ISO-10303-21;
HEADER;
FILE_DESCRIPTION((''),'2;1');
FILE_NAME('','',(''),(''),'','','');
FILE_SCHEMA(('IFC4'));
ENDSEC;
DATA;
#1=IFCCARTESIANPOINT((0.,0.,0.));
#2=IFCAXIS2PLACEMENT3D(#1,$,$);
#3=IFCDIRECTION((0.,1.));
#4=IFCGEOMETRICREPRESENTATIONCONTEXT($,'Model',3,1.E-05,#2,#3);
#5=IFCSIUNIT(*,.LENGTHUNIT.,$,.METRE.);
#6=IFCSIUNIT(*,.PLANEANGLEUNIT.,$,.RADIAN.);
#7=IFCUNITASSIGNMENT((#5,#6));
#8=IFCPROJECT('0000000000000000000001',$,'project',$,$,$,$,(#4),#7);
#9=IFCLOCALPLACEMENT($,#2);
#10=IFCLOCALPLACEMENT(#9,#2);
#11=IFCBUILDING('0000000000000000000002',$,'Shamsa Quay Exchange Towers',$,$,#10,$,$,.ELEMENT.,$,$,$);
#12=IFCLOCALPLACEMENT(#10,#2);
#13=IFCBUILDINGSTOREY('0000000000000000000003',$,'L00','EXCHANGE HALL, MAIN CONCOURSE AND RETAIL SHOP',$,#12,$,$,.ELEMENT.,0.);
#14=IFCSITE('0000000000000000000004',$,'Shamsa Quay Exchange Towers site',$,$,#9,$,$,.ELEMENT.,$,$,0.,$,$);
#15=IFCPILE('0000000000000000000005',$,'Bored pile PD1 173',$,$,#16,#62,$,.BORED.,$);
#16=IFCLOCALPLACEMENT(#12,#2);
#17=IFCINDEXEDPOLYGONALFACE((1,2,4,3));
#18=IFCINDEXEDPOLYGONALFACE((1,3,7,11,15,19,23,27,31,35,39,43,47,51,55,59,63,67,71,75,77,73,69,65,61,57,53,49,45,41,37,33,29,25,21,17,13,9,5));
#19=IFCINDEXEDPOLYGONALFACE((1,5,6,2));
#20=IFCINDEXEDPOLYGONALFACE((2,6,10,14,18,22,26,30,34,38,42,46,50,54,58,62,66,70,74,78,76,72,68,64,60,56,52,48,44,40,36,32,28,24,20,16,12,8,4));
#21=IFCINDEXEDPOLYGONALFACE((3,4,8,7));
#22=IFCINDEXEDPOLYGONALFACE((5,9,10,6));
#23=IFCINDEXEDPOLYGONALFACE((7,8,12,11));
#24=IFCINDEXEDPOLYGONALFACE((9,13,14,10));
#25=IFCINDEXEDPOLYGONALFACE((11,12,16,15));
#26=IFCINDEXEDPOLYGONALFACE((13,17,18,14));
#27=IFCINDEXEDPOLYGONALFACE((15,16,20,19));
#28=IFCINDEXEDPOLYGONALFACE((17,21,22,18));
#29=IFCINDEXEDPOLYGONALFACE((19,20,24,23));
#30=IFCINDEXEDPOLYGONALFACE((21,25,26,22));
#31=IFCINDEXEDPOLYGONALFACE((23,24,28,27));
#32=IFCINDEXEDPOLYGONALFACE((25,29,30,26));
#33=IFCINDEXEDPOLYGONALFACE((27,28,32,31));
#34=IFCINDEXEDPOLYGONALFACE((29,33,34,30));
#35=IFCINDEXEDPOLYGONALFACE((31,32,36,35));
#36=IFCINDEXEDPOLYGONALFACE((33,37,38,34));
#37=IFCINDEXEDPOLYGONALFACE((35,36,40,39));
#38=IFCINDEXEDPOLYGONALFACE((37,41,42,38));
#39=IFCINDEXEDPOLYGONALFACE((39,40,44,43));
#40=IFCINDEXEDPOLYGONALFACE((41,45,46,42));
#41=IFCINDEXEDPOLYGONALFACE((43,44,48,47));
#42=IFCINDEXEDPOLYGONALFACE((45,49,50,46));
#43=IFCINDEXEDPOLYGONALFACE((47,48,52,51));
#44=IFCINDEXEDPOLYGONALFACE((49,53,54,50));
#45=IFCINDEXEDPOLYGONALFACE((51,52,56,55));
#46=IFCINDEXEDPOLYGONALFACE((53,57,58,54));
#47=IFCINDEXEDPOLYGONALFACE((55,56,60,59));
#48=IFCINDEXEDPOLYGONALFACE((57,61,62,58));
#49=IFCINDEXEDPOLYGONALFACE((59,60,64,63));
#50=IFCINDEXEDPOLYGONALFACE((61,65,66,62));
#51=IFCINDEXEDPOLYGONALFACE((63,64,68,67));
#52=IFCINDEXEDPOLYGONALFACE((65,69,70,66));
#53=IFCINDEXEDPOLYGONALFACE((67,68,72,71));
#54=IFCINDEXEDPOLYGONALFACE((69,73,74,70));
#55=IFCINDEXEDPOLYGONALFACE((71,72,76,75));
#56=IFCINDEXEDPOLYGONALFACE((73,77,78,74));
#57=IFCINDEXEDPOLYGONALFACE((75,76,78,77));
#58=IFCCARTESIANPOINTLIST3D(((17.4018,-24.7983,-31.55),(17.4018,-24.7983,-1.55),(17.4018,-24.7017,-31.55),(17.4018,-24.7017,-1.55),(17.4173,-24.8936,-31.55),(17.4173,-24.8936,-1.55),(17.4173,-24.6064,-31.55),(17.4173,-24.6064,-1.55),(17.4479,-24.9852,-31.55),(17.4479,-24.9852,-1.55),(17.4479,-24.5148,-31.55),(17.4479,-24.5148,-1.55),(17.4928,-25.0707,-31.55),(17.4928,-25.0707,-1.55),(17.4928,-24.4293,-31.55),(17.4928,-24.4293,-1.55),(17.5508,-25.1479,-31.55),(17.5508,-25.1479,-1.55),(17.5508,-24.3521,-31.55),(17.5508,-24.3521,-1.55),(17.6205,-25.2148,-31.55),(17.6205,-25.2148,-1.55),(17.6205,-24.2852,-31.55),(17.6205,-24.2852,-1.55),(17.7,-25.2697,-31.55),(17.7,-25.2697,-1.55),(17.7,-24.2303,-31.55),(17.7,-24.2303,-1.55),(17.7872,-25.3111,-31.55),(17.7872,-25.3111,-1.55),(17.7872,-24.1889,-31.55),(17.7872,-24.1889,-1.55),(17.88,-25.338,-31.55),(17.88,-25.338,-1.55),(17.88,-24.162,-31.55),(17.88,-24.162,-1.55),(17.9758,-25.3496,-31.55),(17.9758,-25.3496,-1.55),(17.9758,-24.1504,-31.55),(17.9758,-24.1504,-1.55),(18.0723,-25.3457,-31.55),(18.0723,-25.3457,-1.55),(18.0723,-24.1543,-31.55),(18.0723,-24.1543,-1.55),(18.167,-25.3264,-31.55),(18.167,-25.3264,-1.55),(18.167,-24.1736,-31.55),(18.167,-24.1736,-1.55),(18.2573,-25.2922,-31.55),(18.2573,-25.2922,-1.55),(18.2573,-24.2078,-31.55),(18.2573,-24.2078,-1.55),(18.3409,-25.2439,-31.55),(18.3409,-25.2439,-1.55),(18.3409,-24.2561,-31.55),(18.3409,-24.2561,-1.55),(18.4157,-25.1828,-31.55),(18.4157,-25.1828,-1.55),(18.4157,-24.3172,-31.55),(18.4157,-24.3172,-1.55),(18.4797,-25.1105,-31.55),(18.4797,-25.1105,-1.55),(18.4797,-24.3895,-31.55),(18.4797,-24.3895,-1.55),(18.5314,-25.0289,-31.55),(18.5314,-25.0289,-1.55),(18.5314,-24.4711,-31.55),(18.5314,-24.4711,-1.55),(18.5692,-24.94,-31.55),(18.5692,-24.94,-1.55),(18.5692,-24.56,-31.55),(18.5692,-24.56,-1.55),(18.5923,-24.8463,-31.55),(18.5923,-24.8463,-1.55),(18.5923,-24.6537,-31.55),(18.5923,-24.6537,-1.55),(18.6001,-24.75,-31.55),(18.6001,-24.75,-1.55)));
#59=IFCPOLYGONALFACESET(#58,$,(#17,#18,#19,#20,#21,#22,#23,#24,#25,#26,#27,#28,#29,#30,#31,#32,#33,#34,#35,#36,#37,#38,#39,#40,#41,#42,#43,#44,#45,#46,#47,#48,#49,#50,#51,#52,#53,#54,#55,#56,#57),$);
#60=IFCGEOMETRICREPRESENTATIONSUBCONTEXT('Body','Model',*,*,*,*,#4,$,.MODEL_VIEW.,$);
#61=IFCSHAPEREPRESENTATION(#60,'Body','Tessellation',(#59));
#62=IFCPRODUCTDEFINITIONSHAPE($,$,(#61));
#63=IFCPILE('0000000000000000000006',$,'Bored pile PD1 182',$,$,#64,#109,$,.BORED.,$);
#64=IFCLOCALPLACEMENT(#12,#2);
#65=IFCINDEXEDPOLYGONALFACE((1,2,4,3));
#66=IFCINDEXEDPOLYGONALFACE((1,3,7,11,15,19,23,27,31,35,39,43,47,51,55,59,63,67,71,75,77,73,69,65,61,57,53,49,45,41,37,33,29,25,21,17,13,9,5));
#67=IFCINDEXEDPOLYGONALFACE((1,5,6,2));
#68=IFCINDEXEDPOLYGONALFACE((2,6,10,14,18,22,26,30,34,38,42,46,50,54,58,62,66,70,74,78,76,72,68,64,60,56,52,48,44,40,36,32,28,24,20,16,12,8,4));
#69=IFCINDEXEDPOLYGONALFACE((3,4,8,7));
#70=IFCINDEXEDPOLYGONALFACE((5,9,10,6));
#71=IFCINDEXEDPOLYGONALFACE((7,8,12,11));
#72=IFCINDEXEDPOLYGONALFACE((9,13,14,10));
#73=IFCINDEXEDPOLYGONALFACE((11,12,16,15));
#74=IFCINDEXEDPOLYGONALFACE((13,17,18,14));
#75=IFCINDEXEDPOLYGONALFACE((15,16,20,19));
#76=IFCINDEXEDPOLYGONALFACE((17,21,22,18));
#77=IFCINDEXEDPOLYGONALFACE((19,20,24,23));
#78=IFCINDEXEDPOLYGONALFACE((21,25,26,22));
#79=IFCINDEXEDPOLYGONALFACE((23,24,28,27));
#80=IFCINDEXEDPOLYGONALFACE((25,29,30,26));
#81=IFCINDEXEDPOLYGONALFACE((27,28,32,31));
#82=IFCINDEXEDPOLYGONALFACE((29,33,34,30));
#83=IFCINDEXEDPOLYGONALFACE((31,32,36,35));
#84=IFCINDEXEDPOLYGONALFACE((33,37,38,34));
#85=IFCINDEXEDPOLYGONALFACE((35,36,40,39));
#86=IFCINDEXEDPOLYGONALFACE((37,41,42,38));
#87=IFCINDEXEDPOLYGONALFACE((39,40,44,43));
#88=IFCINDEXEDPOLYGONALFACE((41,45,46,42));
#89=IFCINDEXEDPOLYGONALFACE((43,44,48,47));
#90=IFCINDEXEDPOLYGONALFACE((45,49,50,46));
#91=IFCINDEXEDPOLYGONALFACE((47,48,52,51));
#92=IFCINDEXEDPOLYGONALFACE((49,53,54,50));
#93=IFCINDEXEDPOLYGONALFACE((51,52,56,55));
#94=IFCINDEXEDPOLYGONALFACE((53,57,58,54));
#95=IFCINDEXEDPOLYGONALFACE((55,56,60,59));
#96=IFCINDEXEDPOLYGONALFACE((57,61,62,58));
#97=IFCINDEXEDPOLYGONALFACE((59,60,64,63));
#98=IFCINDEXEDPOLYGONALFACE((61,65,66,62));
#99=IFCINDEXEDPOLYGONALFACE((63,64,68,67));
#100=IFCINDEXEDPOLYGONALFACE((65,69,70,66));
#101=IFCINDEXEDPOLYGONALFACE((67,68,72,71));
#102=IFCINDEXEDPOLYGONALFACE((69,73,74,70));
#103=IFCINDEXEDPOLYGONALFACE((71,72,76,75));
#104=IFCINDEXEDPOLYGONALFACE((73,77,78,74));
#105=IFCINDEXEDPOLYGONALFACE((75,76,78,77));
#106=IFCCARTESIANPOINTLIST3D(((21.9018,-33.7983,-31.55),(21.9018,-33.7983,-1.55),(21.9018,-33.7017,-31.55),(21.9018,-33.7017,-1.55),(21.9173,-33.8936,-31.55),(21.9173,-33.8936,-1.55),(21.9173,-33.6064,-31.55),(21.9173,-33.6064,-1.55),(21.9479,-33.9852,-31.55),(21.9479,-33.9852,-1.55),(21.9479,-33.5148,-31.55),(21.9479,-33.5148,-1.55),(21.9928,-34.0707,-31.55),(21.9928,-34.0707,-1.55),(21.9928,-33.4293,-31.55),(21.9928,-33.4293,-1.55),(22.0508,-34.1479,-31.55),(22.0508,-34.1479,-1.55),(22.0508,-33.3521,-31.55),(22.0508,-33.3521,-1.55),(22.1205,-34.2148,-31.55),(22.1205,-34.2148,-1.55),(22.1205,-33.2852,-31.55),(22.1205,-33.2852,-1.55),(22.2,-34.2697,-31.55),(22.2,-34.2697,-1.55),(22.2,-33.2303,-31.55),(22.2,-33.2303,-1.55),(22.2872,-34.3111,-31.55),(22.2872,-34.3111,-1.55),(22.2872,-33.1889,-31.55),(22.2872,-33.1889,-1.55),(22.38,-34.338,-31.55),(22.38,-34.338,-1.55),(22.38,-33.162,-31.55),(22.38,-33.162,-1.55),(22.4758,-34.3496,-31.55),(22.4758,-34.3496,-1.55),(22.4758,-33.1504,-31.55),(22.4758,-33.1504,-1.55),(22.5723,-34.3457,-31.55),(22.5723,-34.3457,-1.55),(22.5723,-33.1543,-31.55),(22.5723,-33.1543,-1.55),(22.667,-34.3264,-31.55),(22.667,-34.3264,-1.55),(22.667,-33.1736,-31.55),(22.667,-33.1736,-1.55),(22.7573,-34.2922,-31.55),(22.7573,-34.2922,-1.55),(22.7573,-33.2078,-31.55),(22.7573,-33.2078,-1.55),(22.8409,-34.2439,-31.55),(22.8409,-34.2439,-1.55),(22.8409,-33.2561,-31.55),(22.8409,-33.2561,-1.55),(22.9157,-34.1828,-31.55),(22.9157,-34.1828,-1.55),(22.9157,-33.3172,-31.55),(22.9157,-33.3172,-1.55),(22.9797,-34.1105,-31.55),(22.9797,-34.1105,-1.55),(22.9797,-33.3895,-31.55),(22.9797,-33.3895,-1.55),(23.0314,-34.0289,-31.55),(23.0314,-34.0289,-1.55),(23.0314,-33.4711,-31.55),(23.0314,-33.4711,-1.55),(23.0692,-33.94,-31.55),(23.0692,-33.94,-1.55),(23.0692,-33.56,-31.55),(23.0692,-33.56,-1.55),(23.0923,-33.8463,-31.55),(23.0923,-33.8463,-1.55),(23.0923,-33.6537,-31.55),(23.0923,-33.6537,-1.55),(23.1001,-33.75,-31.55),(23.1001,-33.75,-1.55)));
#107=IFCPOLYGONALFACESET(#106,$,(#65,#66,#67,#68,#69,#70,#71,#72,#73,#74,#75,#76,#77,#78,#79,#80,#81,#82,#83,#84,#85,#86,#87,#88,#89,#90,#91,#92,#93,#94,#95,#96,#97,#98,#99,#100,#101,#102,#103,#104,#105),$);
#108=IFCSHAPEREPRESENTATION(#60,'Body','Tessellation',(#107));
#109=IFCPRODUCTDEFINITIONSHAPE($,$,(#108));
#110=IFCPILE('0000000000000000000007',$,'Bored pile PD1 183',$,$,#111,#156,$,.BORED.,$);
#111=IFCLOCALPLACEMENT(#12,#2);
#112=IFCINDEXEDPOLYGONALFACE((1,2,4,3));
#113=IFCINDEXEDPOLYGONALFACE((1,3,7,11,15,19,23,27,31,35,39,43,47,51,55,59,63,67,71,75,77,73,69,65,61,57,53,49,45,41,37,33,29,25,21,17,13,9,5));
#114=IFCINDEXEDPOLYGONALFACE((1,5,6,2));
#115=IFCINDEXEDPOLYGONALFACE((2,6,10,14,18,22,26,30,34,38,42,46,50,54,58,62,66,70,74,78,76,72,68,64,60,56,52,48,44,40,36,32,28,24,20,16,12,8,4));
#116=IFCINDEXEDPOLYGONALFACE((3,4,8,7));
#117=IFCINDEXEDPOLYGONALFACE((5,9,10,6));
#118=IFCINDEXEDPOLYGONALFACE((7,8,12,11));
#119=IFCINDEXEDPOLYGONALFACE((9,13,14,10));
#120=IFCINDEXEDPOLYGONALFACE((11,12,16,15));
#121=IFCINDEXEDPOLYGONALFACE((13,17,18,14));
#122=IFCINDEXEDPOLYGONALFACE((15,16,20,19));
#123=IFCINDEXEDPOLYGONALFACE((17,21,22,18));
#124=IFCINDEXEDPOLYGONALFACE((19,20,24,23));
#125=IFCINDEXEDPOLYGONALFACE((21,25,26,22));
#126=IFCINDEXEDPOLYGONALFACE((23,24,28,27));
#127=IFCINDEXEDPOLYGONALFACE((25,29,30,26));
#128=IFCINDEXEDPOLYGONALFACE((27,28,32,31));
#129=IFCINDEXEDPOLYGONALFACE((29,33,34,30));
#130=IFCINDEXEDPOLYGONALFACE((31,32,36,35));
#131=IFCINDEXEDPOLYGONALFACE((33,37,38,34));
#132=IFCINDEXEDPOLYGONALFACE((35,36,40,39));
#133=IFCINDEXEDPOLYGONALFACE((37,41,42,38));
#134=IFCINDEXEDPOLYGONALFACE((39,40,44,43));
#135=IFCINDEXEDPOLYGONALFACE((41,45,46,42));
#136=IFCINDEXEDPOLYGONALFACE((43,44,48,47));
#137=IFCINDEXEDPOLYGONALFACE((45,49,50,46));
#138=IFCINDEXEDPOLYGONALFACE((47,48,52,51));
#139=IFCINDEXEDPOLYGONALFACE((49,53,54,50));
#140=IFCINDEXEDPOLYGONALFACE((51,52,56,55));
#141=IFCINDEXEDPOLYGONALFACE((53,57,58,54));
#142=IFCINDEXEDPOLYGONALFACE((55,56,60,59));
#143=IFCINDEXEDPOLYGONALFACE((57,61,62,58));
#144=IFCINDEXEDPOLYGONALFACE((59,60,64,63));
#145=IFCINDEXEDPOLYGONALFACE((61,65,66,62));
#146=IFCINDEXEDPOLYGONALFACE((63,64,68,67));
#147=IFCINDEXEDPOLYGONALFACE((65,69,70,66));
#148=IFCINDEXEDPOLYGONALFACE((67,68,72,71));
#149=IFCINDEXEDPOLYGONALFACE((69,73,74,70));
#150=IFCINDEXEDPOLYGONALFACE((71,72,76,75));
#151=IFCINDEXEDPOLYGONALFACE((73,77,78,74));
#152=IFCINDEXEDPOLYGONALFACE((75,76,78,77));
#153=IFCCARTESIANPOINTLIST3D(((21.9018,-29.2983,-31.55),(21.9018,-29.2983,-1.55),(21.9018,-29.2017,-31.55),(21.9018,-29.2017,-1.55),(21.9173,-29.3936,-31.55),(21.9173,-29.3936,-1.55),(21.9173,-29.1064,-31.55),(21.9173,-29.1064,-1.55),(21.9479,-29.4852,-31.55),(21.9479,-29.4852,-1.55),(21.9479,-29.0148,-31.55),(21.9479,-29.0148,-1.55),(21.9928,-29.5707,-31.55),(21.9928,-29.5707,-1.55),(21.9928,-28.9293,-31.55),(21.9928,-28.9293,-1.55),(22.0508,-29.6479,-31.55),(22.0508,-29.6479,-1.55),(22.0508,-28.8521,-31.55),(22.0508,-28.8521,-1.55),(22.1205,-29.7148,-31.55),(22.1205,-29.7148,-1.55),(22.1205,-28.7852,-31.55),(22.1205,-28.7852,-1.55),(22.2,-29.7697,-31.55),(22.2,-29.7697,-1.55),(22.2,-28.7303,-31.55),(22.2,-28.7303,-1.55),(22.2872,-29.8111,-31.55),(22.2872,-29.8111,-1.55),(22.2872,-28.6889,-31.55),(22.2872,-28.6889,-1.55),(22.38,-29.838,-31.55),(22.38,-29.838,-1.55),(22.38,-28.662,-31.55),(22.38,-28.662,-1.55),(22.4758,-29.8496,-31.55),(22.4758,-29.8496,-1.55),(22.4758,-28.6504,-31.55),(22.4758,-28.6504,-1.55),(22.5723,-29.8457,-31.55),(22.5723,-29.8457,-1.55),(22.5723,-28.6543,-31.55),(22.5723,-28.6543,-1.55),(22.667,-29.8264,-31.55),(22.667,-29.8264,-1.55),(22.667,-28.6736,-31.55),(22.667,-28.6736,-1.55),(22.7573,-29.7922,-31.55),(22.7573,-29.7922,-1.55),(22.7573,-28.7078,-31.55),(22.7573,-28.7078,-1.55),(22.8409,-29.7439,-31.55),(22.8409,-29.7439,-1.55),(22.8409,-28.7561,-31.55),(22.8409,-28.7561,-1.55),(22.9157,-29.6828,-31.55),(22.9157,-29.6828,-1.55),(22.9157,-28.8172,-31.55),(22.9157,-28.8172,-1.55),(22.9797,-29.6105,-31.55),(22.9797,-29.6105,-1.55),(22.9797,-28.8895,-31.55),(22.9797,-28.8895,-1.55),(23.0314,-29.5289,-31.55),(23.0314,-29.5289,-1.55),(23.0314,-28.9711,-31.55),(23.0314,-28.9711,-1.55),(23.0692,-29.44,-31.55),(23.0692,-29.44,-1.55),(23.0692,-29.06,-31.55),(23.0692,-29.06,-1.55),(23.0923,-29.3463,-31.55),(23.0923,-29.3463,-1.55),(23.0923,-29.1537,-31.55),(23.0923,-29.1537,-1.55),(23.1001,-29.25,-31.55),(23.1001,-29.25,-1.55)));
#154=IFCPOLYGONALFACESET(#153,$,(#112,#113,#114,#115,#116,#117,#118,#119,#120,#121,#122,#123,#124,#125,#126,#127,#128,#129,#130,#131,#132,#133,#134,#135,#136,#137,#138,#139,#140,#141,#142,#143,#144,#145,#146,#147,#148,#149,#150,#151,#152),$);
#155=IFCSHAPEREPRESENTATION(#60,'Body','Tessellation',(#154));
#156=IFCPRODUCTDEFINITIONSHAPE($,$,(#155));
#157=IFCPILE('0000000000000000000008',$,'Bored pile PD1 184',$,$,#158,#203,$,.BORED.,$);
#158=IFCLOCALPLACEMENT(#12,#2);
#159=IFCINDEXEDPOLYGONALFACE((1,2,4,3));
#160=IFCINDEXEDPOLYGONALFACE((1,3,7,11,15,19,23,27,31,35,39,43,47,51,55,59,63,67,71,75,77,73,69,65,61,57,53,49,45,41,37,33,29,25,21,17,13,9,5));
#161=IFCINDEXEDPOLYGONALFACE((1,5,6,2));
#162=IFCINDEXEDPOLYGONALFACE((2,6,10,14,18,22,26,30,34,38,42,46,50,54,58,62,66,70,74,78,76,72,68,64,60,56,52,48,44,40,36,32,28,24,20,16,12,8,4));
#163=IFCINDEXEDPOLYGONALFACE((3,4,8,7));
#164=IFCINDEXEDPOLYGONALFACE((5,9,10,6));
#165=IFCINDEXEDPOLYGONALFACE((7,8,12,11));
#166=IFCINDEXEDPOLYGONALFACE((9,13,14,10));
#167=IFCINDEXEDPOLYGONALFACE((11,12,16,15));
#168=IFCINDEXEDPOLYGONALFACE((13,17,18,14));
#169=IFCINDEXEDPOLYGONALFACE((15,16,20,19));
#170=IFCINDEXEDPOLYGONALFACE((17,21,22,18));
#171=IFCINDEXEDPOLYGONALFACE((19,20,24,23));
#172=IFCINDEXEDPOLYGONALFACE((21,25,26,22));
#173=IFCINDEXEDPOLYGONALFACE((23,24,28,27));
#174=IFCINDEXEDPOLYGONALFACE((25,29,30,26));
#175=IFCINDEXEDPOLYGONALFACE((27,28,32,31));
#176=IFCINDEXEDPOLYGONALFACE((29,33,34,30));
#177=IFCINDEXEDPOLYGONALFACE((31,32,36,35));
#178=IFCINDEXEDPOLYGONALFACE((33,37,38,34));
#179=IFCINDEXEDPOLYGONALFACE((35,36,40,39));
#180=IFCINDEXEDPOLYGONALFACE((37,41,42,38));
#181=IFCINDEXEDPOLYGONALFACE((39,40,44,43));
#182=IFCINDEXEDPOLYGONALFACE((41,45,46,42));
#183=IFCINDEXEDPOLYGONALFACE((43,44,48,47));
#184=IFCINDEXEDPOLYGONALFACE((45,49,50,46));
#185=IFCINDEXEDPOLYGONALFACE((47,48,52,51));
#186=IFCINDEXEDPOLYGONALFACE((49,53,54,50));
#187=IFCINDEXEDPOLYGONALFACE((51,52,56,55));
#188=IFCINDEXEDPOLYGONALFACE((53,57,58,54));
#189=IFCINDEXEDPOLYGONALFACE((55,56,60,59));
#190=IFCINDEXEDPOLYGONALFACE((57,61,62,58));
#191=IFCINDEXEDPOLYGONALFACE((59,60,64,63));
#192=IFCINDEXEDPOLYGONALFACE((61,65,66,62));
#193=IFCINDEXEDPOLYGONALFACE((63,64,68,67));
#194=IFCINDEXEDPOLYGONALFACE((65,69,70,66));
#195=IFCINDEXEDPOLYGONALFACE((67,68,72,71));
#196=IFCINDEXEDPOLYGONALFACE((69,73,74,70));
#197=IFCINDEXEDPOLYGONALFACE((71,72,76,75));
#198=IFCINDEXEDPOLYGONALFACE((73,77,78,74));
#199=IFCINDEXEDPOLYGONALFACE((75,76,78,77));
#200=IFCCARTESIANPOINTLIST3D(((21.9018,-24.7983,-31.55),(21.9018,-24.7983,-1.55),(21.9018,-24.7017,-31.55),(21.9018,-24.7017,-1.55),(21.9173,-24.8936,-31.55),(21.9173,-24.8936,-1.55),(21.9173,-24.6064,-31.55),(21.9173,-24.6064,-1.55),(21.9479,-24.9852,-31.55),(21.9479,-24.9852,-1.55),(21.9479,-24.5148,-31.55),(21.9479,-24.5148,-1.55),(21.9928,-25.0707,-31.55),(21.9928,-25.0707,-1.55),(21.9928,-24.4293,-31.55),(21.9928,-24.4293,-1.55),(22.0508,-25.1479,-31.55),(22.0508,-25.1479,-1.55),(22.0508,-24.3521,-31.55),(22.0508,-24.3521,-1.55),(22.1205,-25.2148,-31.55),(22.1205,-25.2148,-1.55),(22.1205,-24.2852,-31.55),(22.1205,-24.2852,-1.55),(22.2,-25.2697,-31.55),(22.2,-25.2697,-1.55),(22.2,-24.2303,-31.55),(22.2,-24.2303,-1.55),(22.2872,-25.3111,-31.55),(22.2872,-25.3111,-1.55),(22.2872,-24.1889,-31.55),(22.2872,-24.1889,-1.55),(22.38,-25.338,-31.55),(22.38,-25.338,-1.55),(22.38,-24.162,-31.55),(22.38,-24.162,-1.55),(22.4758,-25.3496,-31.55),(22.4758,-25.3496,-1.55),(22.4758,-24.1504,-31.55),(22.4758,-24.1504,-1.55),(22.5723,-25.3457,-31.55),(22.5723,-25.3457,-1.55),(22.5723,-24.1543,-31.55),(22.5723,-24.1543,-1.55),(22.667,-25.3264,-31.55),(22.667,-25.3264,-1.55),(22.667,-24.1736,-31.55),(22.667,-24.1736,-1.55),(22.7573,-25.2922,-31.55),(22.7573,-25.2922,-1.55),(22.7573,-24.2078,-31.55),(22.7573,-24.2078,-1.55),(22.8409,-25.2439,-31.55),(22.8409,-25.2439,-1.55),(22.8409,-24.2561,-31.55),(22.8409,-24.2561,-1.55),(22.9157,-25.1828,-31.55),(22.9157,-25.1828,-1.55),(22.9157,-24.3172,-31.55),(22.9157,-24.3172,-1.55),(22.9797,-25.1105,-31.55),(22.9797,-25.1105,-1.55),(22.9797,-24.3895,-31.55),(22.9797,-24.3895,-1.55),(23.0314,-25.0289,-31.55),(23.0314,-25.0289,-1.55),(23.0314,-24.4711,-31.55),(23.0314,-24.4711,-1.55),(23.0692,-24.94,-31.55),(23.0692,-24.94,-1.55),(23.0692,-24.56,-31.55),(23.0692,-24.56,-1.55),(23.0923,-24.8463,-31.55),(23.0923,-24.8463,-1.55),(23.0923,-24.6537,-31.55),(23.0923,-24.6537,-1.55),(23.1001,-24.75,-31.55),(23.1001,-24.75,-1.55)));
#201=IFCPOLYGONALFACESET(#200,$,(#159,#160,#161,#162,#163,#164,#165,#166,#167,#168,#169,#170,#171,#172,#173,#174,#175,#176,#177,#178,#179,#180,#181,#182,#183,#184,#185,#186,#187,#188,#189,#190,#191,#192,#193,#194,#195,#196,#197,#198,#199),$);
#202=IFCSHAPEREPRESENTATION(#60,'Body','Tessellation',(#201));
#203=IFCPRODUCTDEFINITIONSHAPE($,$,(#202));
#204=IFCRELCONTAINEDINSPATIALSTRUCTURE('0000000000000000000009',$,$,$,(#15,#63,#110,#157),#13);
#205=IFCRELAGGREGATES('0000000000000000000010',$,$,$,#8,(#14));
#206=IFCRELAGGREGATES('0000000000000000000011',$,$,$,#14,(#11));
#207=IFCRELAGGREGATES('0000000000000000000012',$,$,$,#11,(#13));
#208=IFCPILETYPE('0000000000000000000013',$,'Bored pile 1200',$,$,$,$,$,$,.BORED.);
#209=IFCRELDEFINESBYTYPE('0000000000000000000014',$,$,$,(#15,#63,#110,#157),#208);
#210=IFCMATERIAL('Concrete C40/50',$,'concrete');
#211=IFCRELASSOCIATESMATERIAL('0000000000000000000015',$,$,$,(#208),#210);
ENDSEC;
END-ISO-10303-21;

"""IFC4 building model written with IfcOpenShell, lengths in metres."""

from ifc_helpers import new_model, si_unit, direction, frame, origin, origin_2d, place, context, subcontext, project, spatial, circle, extrude, material, material_profile, profile_set, type_object, element, save


model = new_model("IFC4")

# Units and contexts
model_context = context("Model", 3, precision=1e-05, world=origin(), true_north=direction((0.0, 1.0)))
body_context = subcontext(model_context, "Body", "Model", "MODEL_VIEW")
ifc_project = project(units=[si_unit("LENGTHUNIT", "METRE"), si_unit("PLANEANGLEUNIT", "RADIAN")], contexts=[model_context])

# Site, building, storey
site_placement = place(None, origin())
site = spatial("IfcSite", under=ifc_project, at=site_placement, Name="Shamsa Quay Exchange Towers site", CompositionType="ELEMENT", RefElevation=0.0)
building_placement = place(site_placement, origin())
building = spatial("IfcBuilding", under=site, at=building_placement, Name="Shamsa Quay Exchange Towers", CompositionType="ELEMENT")
storey_placement = place(building_placement, origin())
storey = spatial("IfcBuildingStorey", under=building, at=storey_placement, Name="L00", Description="EXCHANGE HALL, MAIN CONCOURSE AND RETAIL SHOP", CompositionType="ELEMENT", Elevation=0.0)

# Piles
ifc_material_1 = material(Name="Concrete C40/50", Category="concrete")
ifc_material_profile_1 = material_profile(ifc_material_1, circle(Radius=0.6001, at=origin_2d()), Name="BP1200")
ifc_profile_set_1 = profile_set([ifc_material_profile_1], Name="Concrete C40/50")
pile_type_1 = type_object("IfcPileType", Name="Bored pile 1200", PredefinedType="BORED", material=ifc_profile_set_1)
for number, where, z_axis, x_axis, name in (
    (1, (18.0, -24.75, -1.55), (0.0, 0.0, -1.0), (1.0, 0.0, 0.0), "Bored pile PD1 173"),
    (2, (22.5, -33.75, -1.55), (0.0, 0.0, -1.0), (1.0, 0.0, 0.0), "Bored pile PD1 182"),
    (3, (22.5, -29.25, -1.55), (0.0, 0.0, -1.0), (1.0, 0.0, 0.0), "Bored pile PD1 183"),
    (4, (22.5, -24.75, -1.55), (0.0, 0.0, -1.0), (1.0, 0.0, 0.0), "Bored pile PD1 184"),
):
    element("IfcPile", number, at=place(storey_placement, frame(where, z_axis=z_axis, x_axis=x_axis)), inside=storey, type_object=pile_type_1, Name=name, PredefinedType="BORED", context=body_context, shape_type="SweptSolid", body=[
        extrude(circle(Radius=0.6001, at=origin_2d()), origin(), (0.0, 0.0, 1.0), 30.0),
    ])

save(model, "model.ifc")
